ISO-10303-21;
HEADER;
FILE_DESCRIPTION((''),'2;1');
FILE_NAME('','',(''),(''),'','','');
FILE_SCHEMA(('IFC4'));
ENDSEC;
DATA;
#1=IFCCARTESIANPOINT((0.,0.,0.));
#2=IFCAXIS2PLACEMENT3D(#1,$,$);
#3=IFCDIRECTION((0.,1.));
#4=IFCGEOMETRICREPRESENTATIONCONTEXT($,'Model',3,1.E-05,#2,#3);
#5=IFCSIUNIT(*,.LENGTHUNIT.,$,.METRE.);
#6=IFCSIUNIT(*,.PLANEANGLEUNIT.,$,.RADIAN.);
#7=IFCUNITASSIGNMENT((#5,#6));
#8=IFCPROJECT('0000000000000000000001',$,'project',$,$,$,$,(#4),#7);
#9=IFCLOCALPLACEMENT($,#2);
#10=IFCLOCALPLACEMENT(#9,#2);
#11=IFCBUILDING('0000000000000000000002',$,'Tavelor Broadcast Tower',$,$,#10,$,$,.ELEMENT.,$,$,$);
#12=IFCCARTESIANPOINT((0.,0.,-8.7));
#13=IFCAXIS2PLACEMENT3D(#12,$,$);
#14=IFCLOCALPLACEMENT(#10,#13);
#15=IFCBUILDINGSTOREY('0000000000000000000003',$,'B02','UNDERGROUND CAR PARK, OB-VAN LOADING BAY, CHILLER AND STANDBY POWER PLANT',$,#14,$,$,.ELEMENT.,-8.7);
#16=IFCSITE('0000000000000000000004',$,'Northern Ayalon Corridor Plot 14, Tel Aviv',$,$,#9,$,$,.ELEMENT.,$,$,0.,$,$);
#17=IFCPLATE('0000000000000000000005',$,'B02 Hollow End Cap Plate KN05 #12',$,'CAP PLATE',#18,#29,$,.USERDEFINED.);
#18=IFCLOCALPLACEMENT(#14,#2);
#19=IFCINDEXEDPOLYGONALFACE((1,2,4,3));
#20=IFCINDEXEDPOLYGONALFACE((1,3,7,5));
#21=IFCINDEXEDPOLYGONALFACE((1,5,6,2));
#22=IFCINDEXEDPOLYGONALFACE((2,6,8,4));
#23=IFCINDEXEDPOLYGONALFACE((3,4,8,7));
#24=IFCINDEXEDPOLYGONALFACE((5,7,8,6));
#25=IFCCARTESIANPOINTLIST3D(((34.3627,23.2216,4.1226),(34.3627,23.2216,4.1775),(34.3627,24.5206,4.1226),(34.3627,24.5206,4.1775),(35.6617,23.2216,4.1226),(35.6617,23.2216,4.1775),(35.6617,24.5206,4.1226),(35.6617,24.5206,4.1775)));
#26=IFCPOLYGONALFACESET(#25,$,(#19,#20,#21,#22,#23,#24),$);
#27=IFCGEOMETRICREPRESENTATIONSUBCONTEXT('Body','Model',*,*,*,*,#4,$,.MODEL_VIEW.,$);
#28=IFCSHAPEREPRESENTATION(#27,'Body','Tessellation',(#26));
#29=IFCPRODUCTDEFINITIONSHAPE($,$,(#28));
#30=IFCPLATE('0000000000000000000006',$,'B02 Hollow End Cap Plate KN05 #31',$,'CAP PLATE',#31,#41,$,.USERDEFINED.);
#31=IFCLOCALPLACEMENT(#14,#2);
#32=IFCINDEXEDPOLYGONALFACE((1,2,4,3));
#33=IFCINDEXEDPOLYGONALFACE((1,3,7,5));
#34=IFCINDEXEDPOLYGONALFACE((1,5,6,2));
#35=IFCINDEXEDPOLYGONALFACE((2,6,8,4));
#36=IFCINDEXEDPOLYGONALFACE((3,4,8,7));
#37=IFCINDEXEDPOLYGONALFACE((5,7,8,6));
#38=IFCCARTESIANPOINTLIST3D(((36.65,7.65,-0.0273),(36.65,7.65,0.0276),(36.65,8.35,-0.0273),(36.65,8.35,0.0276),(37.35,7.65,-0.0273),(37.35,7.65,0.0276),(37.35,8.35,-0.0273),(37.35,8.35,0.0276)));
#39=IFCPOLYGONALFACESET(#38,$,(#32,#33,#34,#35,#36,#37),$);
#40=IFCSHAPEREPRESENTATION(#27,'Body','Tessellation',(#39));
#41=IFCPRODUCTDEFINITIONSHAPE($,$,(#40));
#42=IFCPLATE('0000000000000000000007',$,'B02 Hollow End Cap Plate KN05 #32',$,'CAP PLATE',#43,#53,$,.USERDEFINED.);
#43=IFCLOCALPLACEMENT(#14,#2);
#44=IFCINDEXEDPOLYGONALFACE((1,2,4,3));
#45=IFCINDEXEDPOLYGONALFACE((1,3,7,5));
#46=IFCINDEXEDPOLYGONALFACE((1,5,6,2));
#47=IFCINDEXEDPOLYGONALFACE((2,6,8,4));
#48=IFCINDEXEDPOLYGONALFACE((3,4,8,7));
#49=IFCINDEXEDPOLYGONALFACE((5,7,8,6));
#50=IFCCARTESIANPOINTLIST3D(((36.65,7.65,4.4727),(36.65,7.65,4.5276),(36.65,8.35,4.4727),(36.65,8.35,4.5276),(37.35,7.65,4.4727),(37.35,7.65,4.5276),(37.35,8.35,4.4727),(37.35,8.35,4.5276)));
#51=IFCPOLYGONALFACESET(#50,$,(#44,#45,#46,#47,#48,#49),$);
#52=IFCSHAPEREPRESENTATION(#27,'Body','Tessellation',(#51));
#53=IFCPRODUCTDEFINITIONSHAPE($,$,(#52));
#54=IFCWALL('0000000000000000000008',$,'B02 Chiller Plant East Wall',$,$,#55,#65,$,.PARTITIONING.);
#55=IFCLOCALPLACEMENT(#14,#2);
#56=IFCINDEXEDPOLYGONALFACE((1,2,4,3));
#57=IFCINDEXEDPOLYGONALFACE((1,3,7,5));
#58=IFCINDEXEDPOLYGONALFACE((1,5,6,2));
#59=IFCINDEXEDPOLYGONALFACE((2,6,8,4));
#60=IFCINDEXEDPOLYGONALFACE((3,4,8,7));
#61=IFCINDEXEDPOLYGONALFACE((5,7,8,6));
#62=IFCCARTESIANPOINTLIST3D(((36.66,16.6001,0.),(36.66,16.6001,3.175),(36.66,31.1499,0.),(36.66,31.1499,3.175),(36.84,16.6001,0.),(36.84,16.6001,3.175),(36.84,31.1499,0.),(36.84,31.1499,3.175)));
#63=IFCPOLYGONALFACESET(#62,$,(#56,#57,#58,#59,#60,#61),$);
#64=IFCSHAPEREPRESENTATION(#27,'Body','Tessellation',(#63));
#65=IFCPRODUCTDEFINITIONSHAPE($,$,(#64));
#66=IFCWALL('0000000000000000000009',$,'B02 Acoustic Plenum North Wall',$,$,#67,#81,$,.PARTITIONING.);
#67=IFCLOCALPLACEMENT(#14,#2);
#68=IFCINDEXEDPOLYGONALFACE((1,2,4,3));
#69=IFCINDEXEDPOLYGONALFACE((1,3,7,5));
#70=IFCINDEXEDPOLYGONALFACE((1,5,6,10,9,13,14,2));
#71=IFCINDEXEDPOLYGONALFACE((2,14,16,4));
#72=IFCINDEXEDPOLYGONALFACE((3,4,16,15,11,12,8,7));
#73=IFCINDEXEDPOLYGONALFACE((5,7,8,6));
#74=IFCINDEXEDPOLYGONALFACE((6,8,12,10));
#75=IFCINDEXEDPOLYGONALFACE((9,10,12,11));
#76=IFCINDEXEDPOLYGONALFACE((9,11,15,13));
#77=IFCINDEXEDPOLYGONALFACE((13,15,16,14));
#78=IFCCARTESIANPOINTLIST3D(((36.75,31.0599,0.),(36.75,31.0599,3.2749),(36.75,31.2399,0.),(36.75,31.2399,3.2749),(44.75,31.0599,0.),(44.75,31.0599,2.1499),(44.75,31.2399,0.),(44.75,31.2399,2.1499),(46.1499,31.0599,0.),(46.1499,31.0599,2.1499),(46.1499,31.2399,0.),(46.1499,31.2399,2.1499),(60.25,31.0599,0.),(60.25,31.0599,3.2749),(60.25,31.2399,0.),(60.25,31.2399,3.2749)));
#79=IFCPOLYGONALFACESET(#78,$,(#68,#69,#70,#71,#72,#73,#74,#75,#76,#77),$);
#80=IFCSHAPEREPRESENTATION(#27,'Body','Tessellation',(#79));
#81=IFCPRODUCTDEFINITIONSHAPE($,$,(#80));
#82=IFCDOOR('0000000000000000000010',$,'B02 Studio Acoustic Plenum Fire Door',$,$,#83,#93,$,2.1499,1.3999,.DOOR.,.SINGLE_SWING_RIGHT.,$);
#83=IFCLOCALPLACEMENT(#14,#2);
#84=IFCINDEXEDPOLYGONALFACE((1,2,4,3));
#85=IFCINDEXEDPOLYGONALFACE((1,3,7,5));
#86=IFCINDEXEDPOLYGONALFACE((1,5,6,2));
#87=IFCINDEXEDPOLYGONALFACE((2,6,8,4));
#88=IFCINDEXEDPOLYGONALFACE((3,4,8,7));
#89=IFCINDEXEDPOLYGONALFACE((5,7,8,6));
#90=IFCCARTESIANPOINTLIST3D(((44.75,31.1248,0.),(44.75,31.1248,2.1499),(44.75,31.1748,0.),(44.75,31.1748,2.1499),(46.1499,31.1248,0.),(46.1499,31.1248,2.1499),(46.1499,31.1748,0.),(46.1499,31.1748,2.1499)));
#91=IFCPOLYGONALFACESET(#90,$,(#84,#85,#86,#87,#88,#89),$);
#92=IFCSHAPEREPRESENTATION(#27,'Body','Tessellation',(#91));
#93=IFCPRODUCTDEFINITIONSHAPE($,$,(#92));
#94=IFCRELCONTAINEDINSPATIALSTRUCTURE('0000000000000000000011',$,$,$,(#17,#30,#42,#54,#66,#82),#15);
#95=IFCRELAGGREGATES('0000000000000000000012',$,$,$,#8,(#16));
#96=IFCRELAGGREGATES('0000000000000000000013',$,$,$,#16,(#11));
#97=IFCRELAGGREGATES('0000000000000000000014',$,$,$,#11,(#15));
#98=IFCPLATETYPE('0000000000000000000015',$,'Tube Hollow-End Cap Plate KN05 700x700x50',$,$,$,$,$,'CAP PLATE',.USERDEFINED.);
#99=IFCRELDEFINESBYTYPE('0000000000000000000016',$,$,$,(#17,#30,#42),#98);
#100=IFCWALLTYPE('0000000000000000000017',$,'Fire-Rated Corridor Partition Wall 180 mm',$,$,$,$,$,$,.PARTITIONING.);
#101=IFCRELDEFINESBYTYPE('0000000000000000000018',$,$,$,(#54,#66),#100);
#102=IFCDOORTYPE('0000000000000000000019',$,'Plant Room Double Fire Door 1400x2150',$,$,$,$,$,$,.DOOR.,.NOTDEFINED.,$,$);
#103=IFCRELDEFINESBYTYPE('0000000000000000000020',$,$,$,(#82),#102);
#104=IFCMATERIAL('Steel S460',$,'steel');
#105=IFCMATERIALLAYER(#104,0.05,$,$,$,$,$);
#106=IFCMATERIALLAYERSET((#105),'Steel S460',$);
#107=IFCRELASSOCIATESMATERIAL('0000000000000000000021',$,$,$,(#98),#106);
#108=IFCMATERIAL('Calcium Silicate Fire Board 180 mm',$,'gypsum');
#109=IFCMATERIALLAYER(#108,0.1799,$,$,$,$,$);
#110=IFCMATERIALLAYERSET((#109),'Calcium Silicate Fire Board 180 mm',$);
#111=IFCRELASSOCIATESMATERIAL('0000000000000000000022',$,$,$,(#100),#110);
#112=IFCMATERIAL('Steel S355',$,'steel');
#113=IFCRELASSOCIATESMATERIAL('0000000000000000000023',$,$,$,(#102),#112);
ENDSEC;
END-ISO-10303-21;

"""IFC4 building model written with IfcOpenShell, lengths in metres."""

from ifc_helpers import new_model, si_unit, direction, frame, frame_2d, origin, origin_2d, place, context, subcontext, project, spatial, rectangle, extrude, source, transform, mapped, material, layer, layer_set, type_object, type_shapes, element, fill, save


model = new_model("IFC4")

# Units and contexts
model_context = context("Model", 3, precision=1e-05, world=origin(), true_north=direction((0.0, 1.0)))
body_context = subcontext(model_context, "Body", "Model", "MODEL_VIEW")
ifc_project = project(units=[si_unit("LENGTHUNIT", "METRE"), si_unit("PLANEANGLEUNIT", "RADIAN")], contexts=[model_context])

# Site, building, storey
site_placement = place(None, origin())
site = spatial("IfcSite", under=ifc_project, at=site_placement, Name="Northern Ayalon Corridor Plot 14, Tel Aviv", CompositionType="ELEMENT", RefElevation=0.0)
building_placement = place(site_placement, origin())
building = spatial("IfcBuilding", under=site, at=building_placement, Name="Tavelor Broadcast Tower", CompositionType="ELEMENT")
storey_placement = place(building_placement, frame((0.0, 0.0, -8.7)))
storey = spatial("IfcBuildingStorey", under=building, at=storey_placement, Name="B02", Description="UNDERGROUND CAR PARK, OB-VAN LOADING BAY, CHILLER AND STANDBY POWER PLANT", CompositionType="ELEMENT", Elevation=-8.7)

# Shared definitions
ifc_material_1 = material(Name="Steel S355", Category="steel")
ifc_material_2 = material(Name="Steel S460", Category="steel")

# Plates
ifc_layer_1 = layer(ifc_material_2, 0.05)
ifc_layer_set_1 = layer_set([ifc_layer_1], Name="Steel S460")
plate_type = type_object("IfcPlateType", Name="Tube Hollow-End Cap Plate KN05 700x700x50", ElementType="CAP PLATE", PredefinedType="USERDEFINED", material=ifc_layer_set_1)
shared_shape_1 = source(origin(), body_context, "Body", "SweptSolid", [
    extrude(rectangle(XDim=1.2991, YDim=1.2991, at=origin_2d()), origin(), (0.0, 0.0, 1.0), 0.0549),
])
for number, where, z_axis, x_axis, name in (
    (1, (35.0122, 23.8711, 4.1226), (0.0, 0.0, 1.0), (1.0, 0.0, 0.0), "B02 Hollow End Cap Plate KN05 #12"),
):
    element("IfcPlate", number, at=place(storey_placement, frame(where, z_axis=z_axis, x_axis=x_axis)), inside=storey, type_object=plate_type, Name=name, ObjectType="CAP PLATE", PredefinedType="USERDEFINED", context=body_context, shape_type="MappedRepresentation", body=[
        mapped(shared_shape_1, transform((0.0, 0.0, 0.0), scale=1.0)),
    ])
shared_shape_2 = source(origin(), body_context, "Body", "SweptSolid", [
    extrude(rectangle(XDim=0.7, YDim=0.7, at=origin_2d()), origin(), (0.0, 0.0, 1.0), 0.0549),
])
type_shapes(plate_type, [shared_shape_1, shared_shape_2])
for number, where, z_axis, x_axis, name in (
    (2, (37.0, 8.0, -0.0273), (0.0, 0.0, 1.0), (1.0, 0.0, 0.0), "B02 Hollow End Cap Plate KN05 #31"),
    (3, (37.0, 8.0, 4.4727), (0.0, 0.0, 1.0), (1.0, 0.0, 0.0), "B02 Hollow End Cap Plate KN05 #32"),
):
    element("IfcPlate", number, at=place(storey_placement, frame(where, z_axis=z_axis, x_axis=x_axis)), inside=storey, type_object=plate_type, Name=name, ObjectType="CAP PLATE", PredefinedType="USERDEFINED", context=body_context, shape_type="MappedRepresentation", body=[
        mapped(shared_shape_2, transform((0.0, 0.0, 0.0), scale=1.0)),
    ])

# Wall
ifc_material_3 = material(Name="Calcium Silicate Fire Board 180 mm", Category="gypsum")
ifc_layer_2 = layer(ifc_material_3, 0.1799)
ifc_layer_set_2 = layer_set([ifc_layer_2], Name="Calcium Silicate Fire Board 180 mm")
wall_type = type_object("IfcWallType", Name="Fire-Rated Corridor Partition Wall 180 mm", PredefinedType="PARTITIONING", material=ifc_layer_set_2)
wall_1_placement = place(storey_placement, frame((36.75, 16.6001, 0.0), z_axis=(0.0, 0.0, 1.0), x_axis=(0.0, 1.0, 0.0)))
element("IfcWall", 4, at=wall_1_placement, inside=storey, type_object=wall_type, Name="B02 Chiller Plant East Wall", PredefinedType="PARTITIONING", context=body_context, shape_type="SweptSolid", body=[
    extrude(rectangle(XDim=14.5498, YDim=0.1799, at=frame_2d((7.2749, 0.0))), origin(), (0.0, 0.0, 1.0), 3.175),
])

# Wall, opening, door
wall_2_placement = place(storey_placement, frame((36.75, 31.1499, 0.0), z_axis=(0.0, 0.0, 1.0), x_axis=(1.0, 0.0, 0.0)))
wall_2 = element("IfcWall", 5, at=wall_2_placement, inside=storey, type_object=wall_type, Name="B02 Acoustic Plenum North Wall", PredefinedType="PARTITIONING", context=body_context, shape_type="SweptSolid", body=[
    extrude(rectangle(XDim=23.5, YDim=0.1799, at=frame_2d((11.75, 0.0))), origin(), (0.0, 0.0, 1.0), 3.2749),
])
opening_placement = place(wall_2_placement, frame((8.0, 0.0, 0.0)))
opening = element("IfcOpeningElement", 6, at=opening_placement, cuts=wall_2, PredefinedType="OPENING", context=body_context, shape_type="SweptSolid", body=[
    extrude(rectangle(XDim=1.3999, YDim=2.1499, at=frame_2d((0.7, 1.075))), frame((0.0, 0.1001, 0.0), z_axis=(0.0, -1.0, 0.0), x_axis=(1.0, 0.0, 0.0)), (0.0, 0.0, 1.0), 0.2),
])
door_type = type_object("IfcDoorType", Name="Plant Room Double Fire Door 1400x2150", OperationType="NOTDEFINED", PredefinedType="DOOR", material=ifc_material_1)
door_placement = place(opening_placement, origin())
door = element("IfcDoor", 7, at=door_placement, inside=storey, type_object=door_type, Name="B02 Studio Acoustic Plenum Fire Door", OperationType="SINGLE_SWING_RIGHT", OverallHeight=2.1499, OverallWidth=1.3999, PredefinedType="DOOR", context=body_context, shape_type="SweptSolid", body=[
    extrude(rectangle(XDim=1.3999, YDim=2.1499, at=frame_2d((0.7, 1.075))), frame((0.0, 0.0249, 0.0), z_axis=(0.0, -1.0, 0.0), x_axis=(1.0, 0.0, 0.0)), (0.0, 0.0, 1.0), 0.05),
])
fill(opening, door)

save(model, "model.ifc")
